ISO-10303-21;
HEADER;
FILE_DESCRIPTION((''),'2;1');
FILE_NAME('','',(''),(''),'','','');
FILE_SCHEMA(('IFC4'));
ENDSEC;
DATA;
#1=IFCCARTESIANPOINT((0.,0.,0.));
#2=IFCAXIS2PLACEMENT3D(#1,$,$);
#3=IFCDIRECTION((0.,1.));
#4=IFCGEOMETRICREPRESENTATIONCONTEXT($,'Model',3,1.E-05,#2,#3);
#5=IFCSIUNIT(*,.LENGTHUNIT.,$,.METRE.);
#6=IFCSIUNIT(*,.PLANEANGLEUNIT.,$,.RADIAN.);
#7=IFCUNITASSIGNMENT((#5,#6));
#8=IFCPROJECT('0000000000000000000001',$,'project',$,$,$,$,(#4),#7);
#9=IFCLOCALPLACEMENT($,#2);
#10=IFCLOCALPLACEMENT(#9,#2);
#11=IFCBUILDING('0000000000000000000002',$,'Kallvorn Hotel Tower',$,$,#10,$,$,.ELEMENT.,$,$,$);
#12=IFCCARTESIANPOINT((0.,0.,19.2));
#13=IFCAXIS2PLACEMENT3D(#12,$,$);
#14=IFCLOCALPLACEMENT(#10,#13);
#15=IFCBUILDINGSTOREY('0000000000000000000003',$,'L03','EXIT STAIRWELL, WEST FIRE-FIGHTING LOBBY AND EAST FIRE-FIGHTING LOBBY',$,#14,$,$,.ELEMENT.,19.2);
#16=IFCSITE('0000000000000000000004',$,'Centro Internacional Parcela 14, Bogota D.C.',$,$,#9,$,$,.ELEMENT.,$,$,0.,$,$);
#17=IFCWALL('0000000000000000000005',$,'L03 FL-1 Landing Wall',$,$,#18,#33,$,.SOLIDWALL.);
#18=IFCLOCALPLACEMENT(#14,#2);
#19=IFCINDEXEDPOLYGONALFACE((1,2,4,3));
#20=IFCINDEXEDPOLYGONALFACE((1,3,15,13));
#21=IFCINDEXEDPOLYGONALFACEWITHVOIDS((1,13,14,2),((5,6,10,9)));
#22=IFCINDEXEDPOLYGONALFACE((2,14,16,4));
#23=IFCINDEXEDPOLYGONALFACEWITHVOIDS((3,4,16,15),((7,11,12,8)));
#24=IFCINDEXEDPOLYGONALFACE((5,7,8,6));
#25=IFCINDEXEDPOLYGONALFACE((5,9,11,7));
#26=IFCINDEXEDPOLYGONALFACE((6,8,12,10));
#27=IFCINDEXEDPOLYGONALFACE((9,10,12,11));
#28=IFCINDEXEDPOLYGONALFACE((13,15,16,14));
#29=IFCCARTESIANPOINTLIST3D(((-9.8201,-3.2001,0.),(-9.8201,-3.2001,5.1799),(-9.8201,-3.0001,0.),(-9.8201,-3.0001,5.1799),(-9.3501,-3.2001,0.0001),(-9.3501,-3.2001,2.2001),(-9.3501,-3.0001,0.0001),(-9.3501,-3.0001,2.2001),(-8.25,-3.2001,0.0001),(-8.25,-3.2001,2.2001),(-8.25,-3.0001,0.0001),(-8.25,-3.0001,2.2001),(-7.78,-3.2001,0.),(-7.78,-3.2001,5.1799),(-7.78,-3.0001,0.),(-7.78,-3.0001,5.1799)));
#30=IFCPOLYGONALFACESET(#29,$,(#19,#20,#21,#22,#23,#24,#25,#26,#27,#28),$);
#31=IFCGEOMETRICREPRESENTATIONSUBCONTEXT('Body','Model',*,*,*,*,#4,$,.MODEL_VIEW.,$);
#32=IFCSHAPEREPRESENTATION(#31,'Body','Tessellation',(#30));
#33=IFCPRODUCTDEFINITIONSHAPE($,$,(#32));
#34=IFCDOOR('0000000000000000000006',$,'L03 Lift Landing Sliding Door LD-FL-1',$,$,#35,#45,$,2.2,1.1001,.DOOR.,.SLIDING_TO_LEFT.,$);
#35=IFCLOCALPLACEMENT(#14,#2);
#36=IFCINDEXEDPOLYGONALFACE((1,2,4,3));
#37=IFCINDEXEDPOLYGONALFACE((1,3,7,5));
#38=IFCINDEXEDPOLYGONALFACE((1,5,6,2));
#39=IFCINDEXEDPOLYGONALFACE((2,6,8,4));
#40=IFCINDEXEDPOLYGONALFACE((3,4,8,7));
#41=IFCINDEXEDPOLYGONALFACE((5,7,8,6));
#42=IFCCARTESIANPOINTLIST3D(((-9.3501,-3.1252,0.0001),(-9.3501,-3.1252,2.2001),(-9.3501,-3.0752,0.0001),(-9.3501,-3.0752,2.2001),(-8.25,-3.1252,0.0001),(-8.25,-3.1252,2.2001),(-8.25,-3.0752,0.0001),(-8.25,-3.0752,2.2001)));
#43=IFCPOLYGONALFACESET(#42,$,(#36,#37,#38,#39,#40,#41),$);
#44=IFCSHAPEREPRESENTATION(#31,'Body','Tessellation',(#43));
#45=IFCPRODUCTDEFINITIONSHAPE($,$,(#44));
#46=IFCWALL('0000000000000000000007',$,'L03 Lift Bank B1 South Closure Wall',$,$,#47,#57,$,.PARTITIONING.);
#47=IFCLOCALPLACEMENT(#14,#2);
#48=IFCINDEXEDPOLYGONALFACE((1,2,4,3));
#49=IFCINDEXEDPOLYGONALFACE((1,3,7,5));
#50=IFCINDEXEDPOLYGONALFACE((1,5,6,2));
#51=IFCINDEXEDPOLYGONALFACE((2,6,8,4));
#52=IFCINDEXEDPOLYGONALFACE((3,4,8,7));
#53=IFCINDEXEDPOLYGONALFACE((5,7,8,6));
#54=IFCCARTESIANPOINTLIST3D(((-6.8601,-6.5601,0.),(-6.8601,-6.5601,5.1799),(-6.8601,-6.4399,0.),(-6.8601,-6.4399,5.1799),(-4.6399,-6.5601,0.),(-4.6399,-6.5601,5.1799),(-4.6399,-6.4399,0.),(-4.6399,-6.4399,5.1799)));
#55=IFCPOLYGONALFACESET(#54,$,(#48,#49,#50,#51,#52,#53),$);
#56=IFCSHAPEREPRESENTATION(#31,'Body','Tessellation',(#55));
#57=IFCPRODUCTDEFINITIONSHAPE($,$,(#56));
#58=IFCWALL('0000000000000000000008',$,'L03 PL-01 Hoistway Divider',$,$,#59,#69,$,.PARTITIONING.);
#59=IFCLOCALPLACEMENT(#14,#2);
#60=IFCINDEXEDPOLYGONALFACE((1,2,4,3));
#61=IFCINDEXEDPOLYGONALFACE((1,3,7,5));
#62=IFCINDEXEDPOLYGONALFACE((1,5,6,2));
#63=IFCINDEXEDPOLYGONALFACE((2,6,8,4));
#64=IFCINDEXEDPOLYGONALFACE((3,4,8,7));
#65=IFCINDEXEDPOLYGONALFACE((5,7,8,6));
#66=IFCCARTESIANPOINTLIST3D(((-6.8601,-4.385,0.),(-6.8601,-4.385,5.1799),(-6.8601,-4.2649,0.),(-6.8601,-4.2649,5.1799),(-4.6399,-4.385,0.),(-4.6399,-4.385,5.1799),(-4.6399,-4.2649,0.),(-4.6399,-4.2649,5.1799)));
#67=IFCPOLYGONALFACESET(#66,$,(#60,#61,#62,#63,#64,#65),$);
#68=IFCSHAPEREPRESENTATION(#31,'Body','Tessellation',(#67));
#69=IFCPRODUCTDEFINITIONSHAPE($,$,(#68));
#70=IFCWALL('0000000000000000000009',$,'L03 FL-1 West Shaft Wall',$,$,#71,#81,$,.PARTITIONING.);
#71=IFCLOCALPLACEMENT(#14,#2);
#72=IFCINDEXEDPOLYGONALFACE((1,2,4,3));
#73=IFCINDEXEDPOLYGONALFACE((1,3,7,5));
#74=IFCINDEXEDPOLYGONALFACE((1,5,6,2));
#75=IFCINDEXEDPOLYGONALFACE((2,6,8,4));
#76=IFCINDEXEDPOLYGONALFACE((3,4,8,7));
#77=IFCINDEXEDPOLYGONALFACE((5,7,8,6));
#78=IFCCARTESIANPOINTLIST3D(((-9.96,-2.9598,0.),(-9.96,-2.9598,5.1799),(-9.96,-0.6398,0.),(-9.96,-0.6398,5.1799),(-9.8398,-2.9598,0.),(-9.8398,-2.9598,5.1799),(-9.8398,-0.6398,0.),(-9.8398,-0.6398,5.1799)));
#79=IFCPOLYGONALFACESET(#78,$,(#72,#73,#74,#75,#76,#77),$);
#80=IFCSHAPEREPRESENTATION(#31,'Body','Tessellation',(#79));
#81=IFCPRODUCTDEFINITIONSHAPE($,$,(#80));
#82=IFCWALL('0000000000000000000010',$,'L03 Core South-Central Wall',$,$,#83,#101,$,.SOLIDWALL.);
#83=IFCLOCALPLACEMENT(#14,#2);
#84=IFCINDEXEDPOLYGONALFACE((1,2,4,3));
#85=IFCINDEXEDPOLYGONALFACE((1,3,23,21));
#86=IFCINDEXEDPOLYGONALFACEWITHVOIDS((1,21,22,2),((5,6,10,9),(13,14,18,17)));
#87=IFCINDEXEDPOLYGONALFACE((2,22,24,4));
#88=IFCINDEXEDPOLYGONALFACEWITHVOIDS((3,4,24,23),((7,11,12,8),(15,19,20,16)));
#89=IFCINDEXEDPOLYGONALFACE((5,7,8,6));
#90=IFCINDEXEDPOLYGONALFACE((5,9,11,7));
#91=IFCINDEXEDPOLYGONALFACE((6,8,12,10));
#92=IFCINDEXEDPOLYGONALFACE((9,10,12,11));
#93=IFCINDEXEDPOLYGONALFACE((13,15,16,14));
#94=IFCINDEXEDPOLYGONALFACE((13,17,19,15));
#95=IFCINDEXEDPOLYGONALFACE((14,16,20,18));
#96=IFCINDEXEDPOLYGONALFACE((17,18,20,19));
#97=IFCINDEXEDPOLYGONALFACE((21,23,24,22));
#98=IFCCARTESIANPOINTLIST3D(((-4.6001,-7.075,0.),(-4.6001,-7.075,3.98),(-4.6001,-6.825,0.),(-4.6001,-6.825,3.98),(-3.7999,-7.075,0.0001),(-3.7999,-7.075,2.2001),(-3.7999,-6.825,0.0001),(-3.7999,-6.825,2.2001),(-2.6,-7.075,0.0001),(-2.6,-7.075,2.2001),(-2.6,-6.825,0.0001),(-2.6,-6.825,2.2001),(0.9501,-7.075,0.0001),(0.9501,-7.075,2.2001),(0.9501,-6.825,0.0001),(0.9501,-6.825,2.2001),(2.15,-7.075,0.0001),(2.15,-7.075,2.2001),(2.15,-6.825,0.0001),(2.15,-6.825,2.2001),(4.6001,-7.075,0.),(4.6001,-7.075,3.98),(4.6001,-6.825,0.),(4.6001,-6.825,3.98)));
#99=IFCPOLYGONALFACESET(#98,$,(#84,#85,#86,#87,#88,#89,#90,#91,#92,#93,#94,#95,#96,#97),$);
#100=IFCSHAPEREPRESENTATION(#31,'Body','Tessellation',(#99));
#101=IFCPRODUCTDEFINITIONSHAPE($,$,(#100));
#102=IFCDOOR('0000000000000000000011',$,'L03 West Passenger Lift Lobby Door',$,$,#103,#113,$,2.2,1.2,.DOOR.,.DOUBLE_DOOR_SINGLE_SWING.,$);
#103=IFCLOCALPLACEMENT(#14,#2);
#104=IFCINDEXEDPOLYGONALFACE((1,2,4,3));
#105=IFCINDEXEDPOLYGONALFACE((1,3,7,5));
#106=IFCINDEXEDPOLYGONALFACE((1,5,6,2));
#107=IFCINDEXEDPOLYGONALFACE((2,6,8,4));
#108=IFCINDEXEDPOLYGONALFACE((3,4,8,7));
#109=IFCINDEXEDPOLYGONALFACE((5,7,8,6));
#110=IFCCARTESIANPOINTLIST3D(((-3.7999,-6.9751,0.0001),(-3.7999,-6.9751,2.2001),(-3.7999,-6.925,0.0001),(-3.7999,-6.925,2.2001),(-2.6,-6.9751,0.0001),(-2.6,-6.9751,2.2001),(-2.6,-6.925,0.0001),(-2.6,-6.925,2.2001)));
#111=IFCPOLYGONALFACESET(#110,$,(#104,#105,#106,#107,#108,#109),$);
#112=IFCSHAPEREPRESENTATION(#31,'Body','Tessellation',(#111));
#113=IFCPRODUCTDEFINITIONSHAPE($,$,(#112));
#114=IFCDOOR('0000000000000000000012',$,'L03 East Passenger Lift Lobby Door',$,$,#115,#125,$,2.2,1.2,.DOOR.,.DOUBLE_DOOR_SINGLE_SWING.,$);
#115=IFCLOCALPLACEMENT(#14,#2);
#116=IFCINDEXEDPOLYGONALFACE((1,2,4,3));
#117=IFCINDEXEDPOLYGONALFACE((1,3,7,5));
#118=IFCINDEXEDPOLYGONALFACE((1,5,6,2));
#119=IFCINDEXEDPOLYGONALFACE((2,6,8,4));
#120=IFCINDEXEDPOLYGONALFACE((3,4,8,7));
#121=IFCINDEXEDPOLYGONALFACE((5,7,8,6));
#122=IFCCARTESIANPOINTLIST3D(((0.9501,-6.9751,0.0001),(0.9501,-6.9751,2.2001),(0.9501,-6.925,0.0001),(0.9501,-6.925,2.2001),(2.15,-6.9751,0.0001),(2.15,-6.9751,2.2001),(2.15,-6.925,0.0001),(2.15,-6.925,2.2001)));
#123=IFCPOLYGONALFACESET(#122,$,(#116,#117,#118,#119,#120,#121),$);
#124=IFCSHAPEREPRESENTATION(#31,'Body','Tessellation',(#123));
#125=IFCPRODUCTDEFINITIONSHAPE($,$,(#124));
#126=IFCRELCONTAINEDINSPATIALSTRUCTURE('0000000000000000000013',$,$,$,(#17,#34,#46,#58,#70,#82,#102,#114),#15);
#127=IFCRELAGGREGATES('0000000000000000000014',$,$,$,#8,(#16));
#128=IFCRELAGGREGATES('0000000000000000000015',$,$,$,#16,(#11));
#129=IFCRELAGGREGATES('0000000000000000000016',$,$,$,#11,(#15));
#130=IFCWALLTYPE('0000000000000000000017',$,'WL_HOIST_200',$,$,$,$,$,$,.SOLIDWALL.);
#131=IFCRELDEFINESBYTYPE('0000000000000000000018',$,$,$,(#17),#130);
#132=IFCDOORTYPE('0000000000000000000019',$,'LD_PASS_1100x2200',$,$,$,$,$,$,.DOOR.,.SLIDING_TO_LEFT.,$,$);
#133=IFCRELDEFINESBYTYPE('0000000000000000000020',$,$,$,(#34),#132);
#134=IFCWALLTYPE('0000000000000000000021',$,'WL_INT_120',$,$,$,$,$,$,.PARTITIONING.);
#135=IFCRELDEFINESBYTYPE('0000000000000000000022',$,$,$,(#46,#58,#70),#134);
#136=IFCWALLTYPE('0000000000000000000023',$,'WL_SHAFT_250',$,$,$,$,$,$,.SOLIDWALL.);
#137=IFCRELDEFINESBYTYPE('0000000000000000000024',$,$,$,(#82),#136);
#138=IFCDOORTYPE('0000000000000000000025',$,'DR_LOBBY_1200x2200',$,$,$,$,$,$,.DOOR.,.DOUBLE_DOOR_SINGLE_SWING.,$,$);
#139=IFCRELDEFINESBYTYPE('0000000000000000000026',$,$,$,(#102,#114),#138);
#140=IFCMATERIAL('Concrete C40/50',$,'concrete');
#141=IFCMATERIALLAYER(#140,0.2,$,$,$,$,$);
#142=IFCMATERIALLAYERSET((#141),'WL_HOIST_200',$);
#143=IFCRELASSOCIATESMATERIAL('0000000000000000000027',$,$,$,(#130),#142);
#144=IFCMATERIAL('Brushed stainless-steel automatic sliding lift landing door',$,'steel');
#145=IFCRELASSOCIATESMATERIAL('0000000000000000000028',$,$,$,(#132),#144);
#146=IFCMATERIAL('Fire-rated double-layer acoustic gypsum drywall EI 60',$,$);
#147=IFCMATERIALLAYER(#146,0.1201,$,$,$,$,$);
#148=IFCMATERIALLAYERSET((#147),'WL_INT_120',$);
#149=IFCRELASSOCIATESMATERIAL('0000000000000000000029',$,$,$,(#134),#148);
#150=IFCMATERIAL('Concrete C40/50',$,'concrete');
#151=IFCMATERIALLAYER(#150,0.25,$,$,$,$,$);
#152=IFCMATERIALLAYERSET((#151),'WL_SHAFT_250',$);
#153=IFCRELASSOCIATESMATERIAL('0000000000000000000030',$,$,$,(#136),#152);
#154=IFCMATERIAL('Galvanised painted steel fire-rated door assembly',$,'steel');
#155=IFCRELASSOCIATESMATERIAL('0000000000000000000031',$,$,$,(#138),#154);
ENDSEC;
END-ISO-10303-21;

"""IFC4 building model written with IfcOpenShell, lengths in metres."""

from ifc_helpers import new_model, si_unit, direction, frame, frame_2d, origin, place, context, subcontext, project, spatial, rectangle, extrude, material, layer, layer_set, type_object, element, fill, save


model = new_model("IFC4")

# Units and contexts
model_context = context("Model", 3, precision=1e-05, world=origin(), true_north=direction((0.0, 1.0)))
body_context = subcontext(model_context, "Body", "Model", "MODEL_VIEW")
ifc_project = project(units=[si_unit("LENGTHUNIT", "METRE"), si_unit("PLANEANGLEUNIT", "RADIAN")], contexts=[model_context])

# Site, building, storey
site_placement = place(None, origin())
site = spatial("IfcSite", under=ifc_project, at=site_placement, Name="Centro Internacional Parcela 14, Bogota D.C.", CompositionType="ELEMENT", RefElevation=0.0)
building_placement = place(site_placement, origin())
building = spatial("IfcBuilding", under=site, at=building_placement, Name="Kallvorn Hotel Tower", CompositionType="ELEMENT")
storey_placement = place(building_placement, frame((0.0, 0.0, 19.2)))
storey = spatial("IfcBuildingStorey", under=building, at=storey_placement, Name="L03", Description="EXIT STAIRWELL, WEST FIRE-FIGHTING LOBBY AND EAST FIRE-FIGHTING LOBBY", CompositionType="ELEMENT", Elevation=19.2)

# Shared definitions
ifc_material_1 = material(Name="Concrete C40/50", Category="concrete")
ifc_layer_1 = layer(ifc_material_1, 0.2)
ifc_layer_set_1 = layer_set([ifc_layer_1], Name="WL_HOIST_200")
wall_type_1 = type_object("IfcWallType", Name="WL_HOIST_200", PredefinedType="SOLIDWALL", material=ifc_layer_set_1)
ifc_material_2 = material(Name="Brushed stainless-steel automatic sliding lift landing door", Category="steel")
door_type_1 = type_object("IfcDoorType", Name="LD_PASS_1100x2200", OperationType="SLIDING_TO_LEFT", PredefinedType="DOOR", material=ifc_material_2)

# Wall, opening, door
wall_1_placement = place(storey_placement, frame((-9.8201, -3.1001, 0.0), z_axis=(0.0, 0.0, 1.0), x_axis=(1.0, 0.0, 0.0)))
wall_1 = element("IfcWall", 1, at=wall_1_placement, inside=storey, type_object=wall_type_1, Name="L03 FL-1 Landing Wall", PredefinedType="SOLIDWALL", context=body_context, shape_type="SweptSolid", body=[
    extrude(rectangle(XDim=2.04, YDim=0.2, at=frame_2d((1.02, 0.0))), origin(), (0.0, 0.0, 1.0), 5.1799),
])
opening_1_placement = place(wall_1_placement, frame((0.47, 0.0, 0.0)))
opening_1 = element("IfcOpeningElement", 2, at=opening_1_placement, cuts=wall_1, PredefinedType="OPENING", context=body_context, shape_type="SweptSolid", body=[
    extrude(rectangle(XDim=1.1001, YDim=2.2, at=frame_2d((0.55, 1.1001))), frame((0.0, 0.115, 0.0), z_axis=(0.0, -1.0, 0.0), x_axis=(1.0, 0.0, 0.0)), (0.0, 0.0, 1.0), 0.23),
])
door_1_placement = place(opening_1_placement, origin())
door_1 = element("IfcDoor", 3, at=door_1_placement, inside=storey, type_object=door_type_1, Name="L03 Lift Landing Sliding Door LD-FL-1", OperationType="SLIDING_TO_LEFT", OverallHeight=2.2, OverallWidth=1.1001, PredefinedType="DOOR", context=body_context, shape_type="SweptSolid", body=[
    extrude(rectangle(XDim=1.1001, YDim=2.2, at=frame_2d((0.55, 1.1001))), frame((0.0, 0.0249, 0.0), z_axis=(0.0, -1.0, 0.0), x_axis=(1.0, 0.0, 0.0)), (0.0, 0.0, 1.0), 0.05),
])
fill(opening_1, door_1)

# Walls
ifc_material_3 = material(Name="Fire-rated double-layer acoustic gypsum drywall EI 60")
ifc_layer_2 = layer(ifc_material_3, 0.1201)
ifc_layer_set_2 = layer_set([ifc_layer_2], Name="WL_INT_120")
wall_type_2 = type_object("IfcWallType", Name="WL_INT_120", PredefinedType="PARTITIONING", material=ifc_layer_set_2)
for number, where, z_axis, x_axis, name in (
    (4, (-6.8601, -6.5, 0.0), (0.0, 0.0, 1.0), (1.0, 0.0, 0.0), "L03 Lift Bank B1 South Closure Wall"),
    (5, (-6.8601, -4.325, 0.0), (0.0, 0.0, 1.0), (1.0, 0.0, 0.0), "L03 PL-01 Hoistway Divider"),
):
    element("IfcWall", number, at=place(storey_placement, frame(where, z_axis=z_axis, x_axis=x_axis)), inside=storey, type_object=wall_type_2, Name=name, PredefinedType="PARTITIONING", context=body_context, shape_type="SweptSolid", body=[
        extrude(rectangle(XDim=2.2202, YDim=0.1201, at=frame_2d((1.1101, 0.0))), origin(), (0.0, 0.0, 1.0), 5.1799),
    ])
wall_2_placement = place(storey_placement, frame((-9.8999, -2.96, 0.0), z_axis=(0.0, 0.0, 1.0), x_axis=(0.0, 1.0, 0.0)))
element("IfcWall", 6, at=wall_2_placement, inside=storey, type_object=wall_type_2, Name="L03 FL-1 West Shaft Wall", PredefinedType="PARTITIONING", context=body_context, shape_type="SweptSolid", body=[
    extrude(rectangle(XDim=2.3201, YDim=0.1201, at=frame_2d((1.1602, 0.0))), origin(), (0.0, 0.0, 1.0), 5.1799),
])

# Wall, openings, doors
ifc_material_4 = material(Name="Concrete C40/50", Category="concrete")
ifc_layer_3 = layer(ifc_material_4, 0.25)
ifc_layer_set_3 = layer_set([ifc_layer_3], Name="WL_SHAFT_250")
wall_type_3 = type_object("IfcWallType", Name="WL_SHAFT_250", PredefinedType="SOLIDWALL", material=ifc_layer_set_3)
wall_3_placement = place(storey_placement, frame((-4.6001, -6.95, 0.0), z_axis=(0.0, 0.0, 1.0), x_axis=(1.0, 0.0, 0.0)))
wall_3 = element("IfcWall", 7, at=wall_3_placement, inside=storey, type_object=wall_type_3, Name="L03 Core South-Central Wall", PredefinedType="SOLIDWALL", context=body_context, shape_type="SweptSolid", body=[
    extrude(rectangle(XDim=9.2002, YDim=0.25, at=frame_2d((4.6001, 0.0))), origin(), (0.0, 0.0, 1.0), 3.98),
])
opening_2_placement = place(wall_3_placement, frame((0.8, 0.0, 0.0)))
opening_2 = element("IfcOpeningElement", 8, at=opening_2_placement, cuts=wall_3, PredefinedType="OPENING", context=body_context, shape_type="SweptSolid", body=[
    extrude(rectangle(XDim=1.2, YDim=2.2, at=frame_2d((0.6001, 1.1001))), frame((0.0, 0.1399, 0.0), z_axis=(0.0, -1.0, 0.0), x_axis=(1.0, 0.0, 0.0)), (0.0, 0.0, 1.0), 0.28),
])
opening_3_placement = place(wall_3_placement, frame((5.55, 0.0, 0.0)))
opening_3 = element("IfcOpeningElement", 9, at=opening_3_placement, cuts=wall_3, PredefinedType="OPENING", context=body_context, shape_type="SweptSolid", body=[
    extrude(rectangle(XDim=1.2, YDim=2.2, at=frame_2d((0.6001, 1.1001))), frame((0.0, 0.1399, 0.0), z_axis=(0.0, -1.0, 0.0), x_axis=(1.0, 0.0, 0.0)), (0.0, 0.0, 1.0), 0.28),
])
ifc_material_5 = material(Name="Galvanised painted steel fire-rated door assembly", Category="steel")
door_type_2 = type_object("IfcDoorType", Name="DR_LOBBY_1200x2200", OperationType="DOUBLE_DOOR_SINGLE_SWING", PredefinedType="DOOR", material=ifc_material_5)
door_2_placement = place(opening_2_placement, origin())
door_2 = element("IfcDoor", 10, at=door_2_placement, inside=storey, type_object=door_type_2, Name="L03 West Passenger Lift Lobby Door", OperationType="DOUBLE_DOOR_SINGLE_SWING", OverallHeight=2.2, OverallWidth=1.2, PredefinedType="DOOR", context=body_context, shape_type="SweptSolid", body=[
    extrude(rectangle(XDim=1.2, YDim=2.2, at=frame_2d((0.6001, 1.1001))), frame((0.0, 0.0249, 0.0), z_axis=(0.0, -1.0, 0.0), x_axis=(1.0, 0.0, 0.0)), (0.0, 0.0, 1.0), 0.05),
])
fill(opening_2, door_2)
door_3_placement = place(opening_3_placement, origin())
door_3 = element("IfcDoor", 11, at=door_3_placement, inside=storey, type_object=door_type_2, Name="L03 East Passenger Lift Lobby Door", OperationType="DOUBLE_DOOR_SINGLE_SWING", OverallHeight=2.2, OverallWidth=1.2, PredefinedType="DOOR", context=body_context, shape_type="SweptSolid", body=[
    extrude(rectangle(XDim=1.2, YDim=2.2, at=frame_2d((0.6001, 1.1001))), frame((0.0, 0.0249, 0.0), z_axis=(0.0, -1.0, 0.0), x_axis=(1.0, 0.0, 0.0)), (0.0, 0.0, 1.0), 0.05),
])
fill(opening_3, door_3)

save(model, "model.ifc")
